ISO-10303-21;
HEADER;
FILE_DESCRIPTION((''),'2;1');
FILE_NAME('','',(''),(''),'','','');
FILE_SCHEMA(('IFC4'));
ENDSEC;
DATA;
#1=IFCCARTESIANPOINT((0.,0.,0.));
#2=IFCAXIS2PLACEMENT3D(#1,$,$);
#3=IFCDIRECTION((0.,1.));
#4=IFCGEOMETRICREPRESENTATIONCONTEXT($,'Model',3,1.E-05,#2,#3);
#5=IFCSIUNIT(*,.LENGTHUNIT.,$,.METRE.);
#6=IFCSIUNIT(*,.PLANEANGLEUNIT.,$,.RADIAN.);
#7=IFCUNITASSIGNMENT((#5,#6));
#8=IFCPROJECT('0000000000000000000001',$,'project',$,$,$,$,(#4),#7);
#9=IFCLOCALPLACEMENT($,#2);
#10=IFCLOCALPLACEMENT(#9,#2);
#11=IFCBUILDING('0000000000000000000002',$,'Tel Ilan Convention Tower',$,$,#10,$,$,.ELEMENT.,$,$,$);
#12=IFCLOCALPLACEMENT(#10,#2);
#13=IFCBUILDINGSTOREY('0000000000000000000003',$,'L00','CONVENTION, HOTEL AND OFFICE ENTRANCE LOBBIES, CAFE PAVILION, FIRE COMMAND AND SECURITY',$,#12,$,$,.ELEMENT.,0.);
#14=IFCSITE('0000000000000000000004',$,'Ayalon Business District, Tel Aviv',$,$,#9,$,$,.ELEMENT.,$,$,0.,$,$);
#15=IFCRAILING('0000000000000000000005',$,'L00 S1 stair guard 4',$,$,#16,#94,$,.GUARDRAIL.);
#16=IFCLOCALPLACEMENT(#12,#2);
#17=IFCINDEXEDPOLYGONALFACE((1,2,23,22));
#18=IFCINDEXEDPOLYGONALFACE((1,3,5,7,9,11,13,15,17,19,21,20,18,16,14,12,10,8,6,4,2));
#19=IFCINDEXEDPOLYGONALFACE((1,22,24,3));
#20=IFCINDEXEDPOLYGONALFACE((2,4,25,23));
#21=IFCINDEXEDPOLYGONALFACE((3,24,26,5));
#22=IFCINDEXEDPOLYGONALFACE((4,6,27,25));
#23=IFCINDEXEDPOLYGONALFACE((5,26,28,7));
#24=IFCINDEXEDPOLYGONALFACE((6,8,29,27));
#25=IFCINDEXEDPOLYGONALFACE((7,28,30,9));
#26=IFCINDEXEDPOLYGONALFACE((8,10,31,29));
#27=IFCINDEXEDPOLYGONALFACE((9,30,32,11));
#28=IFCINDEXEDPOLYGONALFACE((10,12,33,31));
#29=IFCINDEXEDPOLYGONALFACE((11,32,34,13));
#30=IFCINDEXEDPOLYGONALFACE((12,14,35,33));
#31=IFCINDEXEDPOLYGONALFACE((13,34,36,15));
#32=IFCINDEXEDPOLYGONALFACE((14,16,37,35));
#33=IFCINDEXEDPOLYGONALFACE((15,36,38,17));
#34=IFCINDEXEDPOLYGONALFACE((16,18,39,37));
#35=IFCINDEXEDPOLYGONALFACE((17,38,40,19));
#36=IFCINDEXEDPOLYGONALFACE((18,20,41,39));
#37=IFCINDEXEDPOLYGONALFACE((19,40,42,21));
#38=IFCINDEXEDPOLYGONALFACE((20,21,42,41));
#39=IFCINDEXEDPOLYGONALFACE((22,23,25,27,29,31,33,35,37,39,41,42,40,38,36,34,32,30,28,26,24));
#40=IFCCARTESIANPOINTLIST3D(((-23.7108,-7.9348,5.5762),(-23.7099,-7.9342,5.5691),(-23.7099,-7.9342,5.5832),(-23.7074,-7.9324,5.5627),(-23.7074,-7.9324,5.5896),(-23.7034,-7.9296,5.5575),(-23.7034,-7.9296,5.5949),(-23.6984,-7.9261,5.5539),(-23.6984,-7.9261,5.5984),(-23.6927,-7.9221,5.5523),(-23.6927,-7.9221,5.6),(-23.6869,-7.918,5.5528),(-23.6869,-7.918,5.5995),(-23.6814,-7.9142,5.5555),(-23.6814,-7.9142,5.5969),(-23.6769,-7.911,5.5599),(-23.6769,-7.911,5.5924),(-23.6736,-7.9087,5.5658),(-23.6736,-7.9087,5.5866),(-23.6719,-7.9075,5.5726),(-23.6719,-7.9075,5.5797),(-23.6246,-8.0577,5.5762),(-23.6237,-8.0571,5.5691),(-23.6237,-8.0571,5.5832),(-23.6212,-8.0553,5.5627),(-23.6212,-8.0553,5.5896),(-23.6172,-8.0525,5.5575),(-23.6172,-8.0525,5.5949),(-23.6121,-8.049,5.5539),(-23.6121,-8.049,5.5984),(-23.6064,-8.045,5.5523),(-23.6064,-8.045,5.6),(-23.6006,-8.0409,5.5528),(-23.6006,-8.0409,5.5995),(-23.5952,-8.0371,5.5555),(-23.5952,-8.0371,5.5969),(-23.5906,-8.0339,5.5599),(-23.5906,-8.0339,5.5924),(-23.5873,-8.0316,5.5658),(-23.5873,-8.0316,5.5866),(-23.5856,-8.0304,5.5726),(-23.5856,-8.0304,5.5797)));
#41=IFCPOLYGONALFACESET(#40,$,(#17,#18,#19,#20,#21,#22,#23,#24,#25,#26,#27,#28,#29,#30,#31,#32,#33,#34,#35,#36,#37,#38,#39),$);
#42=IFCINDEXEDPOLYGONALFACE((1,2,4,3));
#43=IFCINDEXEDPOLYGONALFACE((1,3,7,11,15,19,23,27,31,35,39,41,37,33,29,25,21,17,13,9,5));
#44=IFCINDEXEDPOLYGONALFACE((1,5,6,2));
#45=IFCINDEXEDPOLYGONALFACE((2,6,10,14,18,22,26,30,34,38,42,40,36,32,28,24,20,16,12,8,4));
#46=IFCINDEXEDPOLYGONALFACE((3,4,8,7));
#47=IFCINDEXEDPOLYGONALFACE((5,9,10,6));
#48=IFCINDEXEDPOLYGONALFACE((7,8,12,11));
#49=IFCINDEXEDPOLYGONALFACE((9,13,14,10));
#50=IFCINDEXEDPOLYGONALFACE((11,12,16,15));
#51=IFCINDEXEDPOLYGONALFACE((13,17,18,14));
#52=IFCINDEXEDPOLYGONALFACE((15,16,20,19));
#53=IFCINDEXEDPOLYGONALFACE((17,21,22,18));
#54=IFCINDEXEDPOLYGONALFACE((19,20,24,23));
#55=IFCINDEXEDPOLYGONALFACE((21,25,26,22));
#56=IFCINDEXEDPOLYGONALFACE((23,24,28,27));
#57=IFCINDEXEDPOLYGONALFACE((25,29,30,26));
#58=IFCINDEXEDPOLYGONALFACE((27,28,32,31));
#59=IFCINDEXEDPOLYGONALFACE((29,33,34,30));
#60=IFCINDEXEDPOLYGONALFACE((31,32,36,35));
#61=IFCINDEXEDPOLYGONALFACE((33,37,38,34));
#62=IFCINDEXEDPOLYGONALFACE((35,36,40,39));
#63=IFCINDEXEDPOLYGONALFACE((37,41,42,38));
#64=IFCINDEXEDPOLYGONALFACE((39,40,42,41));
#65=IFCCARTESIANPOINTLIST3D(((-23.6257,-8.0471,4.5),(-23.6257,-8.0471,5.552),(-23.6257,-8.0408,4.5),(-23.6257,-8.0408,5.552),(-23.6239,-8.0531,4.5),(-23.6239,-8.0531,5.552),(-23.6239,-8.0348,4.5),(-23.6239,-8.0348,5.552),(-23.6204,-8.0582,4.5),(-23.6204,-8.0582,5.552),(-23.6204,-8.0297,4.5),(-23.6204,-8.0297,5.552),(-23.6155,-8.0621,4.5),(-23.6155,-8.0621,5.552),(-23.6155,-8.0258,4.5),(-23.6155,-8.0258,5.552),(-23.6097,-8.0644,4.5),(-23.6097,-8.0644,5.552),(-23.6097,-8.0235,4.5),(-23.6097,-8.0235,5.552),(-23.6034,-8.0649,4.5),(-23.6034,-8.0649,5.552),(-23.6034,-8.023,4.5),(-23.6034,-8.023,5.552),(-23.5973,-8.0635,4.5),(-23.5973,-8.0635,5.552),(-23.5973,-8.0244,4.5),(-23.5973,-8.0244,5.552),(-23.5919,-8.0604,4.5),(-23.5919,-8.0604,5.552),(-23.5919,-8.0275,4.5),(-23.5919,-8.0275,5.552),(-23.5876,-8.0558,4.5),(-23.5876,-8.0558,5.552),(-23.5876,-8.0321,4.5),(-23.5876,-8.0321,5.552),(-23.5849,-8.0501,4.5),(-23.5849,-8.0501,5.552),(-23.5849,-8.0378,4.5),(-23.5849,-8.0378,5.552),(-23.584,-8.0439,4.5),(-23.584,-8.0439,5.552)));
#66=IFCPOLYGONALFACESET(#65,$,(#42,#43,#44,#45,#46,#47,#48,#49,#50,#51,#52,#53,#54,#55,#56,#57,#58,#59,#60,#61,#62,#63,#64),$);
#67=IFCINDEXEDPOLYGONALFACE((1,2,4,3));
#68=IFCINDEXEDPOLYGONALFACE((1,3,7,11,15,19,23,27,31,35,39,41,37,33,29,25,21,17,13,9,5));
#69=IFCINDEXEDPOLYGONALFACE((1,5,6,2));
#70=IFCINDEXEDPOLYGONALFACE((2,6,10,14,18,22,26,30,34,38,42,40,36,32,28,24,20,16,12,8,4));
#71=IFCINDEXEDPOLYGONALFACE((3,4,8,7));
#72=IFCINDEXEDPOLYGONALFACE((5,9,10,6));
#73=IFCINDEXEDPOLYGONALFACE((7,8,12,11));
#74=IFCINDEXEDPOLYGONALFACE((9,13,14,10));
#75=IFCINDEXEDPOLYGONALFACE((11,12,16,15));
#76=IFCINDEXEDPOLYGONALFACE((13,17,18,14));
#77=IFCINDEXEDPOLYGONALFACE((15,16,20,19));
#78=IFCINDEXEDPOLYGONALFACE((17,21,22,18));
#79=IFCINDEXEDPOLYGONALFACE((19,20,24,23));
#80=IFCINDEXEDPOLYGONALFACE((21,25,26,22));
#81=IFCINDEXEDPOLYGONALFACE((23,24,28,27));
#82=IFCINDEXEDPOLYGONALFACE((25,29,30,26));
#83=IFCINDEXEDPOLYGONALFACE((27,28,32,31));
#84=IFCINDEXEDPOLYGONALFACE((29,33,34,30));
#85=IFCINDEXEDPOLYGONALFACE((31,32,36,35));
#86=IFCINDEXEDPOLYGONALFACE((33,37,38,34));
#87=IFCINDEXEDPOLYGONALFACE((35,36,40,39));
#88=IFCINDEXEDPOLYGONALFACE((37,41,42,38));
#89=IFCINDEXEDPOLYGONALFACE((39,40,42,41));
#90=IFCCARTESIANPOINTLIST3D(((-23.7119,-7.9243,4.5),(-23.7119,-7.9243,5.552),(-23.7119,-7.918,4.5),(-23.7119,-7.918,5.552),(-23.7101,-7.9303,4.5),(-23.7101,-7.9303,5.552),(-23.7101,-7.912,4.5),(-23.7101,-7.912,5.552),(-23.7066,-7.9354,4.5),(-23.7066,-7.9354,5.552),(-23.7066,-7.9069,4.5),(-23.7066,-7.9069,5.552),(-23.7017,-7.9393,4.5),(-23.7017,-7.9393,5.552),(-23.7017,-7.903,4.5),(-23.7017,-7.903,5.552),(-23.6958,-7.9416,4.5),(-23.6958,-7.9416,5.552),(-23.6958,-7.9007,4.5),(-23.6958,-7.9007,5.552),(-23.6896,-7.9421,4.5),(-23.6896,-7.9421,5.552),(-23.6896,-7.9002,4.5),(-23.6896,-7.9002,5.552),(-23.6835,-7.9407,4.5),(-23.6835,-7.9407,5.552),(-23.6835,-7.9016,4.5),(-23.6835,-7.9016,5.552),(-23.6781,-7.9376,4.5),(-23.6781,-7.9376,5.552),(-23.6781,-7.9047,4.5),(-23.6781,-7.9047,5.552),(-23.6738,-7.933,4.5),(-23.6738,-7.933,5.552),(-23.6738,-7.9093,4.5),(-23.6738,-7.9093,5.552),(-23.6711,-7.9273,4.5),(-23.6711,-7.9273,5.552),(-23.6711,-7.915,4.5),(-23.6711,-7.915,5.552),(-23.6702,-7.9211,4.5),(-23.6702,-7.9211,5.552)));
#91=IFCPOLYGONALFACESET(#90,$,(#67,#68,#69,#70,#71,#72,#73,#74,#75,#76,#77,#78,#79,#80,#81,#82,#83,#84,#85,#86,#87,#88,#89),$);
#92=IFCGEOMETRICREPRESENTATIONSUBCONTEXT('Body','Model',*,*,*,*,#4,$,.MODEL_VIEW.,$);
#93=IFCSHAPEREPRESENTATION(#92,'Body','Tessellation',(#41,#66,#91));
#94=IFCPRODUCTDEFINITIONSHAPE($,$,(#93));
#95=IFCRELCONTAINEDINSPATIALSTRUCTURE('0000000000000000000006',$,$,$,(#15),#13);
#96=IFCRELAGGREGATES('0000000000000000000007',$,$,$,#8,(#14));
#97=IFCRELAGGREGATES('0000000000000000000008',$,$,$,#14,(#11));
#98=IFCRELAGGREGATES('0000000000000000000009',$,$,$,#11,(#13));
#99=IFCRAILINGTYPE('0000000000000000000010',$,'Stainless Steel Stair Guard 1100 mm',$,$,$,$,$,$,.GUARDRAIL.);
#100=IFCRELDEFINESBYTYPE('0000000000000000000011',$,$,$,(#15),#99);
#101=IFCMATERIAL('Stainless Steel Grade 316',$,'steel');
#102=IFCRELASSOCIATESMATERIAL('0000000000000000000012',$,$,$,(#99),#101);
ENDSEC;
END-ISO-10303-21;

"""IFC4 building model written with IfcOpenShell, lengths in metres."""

from ifc_helpers import new_model, si_unit, direction, frame, origin, origin_2d, place, context, subcontext, project, spatial, circle, extrude, material, type_object, element, save


model = new_model("IFC4")

# Units and contexts
model_context = context("Model", 3, precision=1e-05, world=origin(), true_north=direction((0.0, 1.0)))
body_context = subcontext(model_context, "Body", "Model", "MODEL_VIEW")
ifc_project = project(units=[si_unit("LENGTHUNIT", "METRE"), si_unit("PLANEANGLEUNIT", "RADIAN")], contexts=[model_context])

# Site, building, storey
site_placement = place(None, origin())
site = spatial("IfcSite", under=ifc_project, at=site_placement, Name="Ayalon Business District, Tel Aviv", CompositionType="ELEMENT", RefElevation=0.0)
building_placement = place(site_placement, origin())
building = spatial("IfcBuilding", under=site, at=building_placement, Name="Tel Ilan Convention Tower", CompositionType="ELEMENT")
storey_placement = place(building_placement, origin())
storey = spatial("IfcBuildingStorey", under=building, at=storey_placement, Name="L00", Description="CONVENTION, HOTEL AND OFFICE ENTRANCE LOBBIES, CAFE PAVILION, FIRE COMMAND AND SECURITY", CompositionType="ELEMENT", Elevation=0.0)

# Railing
ifc_material_1 = material(Name="Stainless Steel Grade 316", Category="steel")
railing_type_1 = type_object("IfcRailingType", Name="Stainless Steel Stair Guard 1100 mm", PredefinedType="GUARDRAIL", material=ifc_material_1)
railing_1_placement = place(storey_placement, frame((-23.605, -8.0439, 4.5)))
element("IfcRailing", 1, at=railing_1_placement, inside=storey, type_object=railing_type_1, Name="L00 S1 stair guard 4", PredefinedType="GUARDRAIL", context=body_context, shape_type="SweptSolid", body=[
    extrude(circle(Radius=0.0239, at=origin_2d()), frame((0.0, 0.0, 1.0762), z_axis=(-0.574445, 0.818543, 0.0), x_axis=(-0.818543, -0.574445, 0.0)), (0.0, 0.0, 1.0), 0.1501),
    extrude(circle(Radius=0.021, at=origin_2d()), origin(), (0.0, 0.0, 1.0), 1.052),
    extrude(circle(Radius=0.021, at=origin_2d()), frame((-0.0862, 0.1228, 0.0)), (0.0, 0.0, 1.0), 1.052),
])

save(model, "model.ifc")
